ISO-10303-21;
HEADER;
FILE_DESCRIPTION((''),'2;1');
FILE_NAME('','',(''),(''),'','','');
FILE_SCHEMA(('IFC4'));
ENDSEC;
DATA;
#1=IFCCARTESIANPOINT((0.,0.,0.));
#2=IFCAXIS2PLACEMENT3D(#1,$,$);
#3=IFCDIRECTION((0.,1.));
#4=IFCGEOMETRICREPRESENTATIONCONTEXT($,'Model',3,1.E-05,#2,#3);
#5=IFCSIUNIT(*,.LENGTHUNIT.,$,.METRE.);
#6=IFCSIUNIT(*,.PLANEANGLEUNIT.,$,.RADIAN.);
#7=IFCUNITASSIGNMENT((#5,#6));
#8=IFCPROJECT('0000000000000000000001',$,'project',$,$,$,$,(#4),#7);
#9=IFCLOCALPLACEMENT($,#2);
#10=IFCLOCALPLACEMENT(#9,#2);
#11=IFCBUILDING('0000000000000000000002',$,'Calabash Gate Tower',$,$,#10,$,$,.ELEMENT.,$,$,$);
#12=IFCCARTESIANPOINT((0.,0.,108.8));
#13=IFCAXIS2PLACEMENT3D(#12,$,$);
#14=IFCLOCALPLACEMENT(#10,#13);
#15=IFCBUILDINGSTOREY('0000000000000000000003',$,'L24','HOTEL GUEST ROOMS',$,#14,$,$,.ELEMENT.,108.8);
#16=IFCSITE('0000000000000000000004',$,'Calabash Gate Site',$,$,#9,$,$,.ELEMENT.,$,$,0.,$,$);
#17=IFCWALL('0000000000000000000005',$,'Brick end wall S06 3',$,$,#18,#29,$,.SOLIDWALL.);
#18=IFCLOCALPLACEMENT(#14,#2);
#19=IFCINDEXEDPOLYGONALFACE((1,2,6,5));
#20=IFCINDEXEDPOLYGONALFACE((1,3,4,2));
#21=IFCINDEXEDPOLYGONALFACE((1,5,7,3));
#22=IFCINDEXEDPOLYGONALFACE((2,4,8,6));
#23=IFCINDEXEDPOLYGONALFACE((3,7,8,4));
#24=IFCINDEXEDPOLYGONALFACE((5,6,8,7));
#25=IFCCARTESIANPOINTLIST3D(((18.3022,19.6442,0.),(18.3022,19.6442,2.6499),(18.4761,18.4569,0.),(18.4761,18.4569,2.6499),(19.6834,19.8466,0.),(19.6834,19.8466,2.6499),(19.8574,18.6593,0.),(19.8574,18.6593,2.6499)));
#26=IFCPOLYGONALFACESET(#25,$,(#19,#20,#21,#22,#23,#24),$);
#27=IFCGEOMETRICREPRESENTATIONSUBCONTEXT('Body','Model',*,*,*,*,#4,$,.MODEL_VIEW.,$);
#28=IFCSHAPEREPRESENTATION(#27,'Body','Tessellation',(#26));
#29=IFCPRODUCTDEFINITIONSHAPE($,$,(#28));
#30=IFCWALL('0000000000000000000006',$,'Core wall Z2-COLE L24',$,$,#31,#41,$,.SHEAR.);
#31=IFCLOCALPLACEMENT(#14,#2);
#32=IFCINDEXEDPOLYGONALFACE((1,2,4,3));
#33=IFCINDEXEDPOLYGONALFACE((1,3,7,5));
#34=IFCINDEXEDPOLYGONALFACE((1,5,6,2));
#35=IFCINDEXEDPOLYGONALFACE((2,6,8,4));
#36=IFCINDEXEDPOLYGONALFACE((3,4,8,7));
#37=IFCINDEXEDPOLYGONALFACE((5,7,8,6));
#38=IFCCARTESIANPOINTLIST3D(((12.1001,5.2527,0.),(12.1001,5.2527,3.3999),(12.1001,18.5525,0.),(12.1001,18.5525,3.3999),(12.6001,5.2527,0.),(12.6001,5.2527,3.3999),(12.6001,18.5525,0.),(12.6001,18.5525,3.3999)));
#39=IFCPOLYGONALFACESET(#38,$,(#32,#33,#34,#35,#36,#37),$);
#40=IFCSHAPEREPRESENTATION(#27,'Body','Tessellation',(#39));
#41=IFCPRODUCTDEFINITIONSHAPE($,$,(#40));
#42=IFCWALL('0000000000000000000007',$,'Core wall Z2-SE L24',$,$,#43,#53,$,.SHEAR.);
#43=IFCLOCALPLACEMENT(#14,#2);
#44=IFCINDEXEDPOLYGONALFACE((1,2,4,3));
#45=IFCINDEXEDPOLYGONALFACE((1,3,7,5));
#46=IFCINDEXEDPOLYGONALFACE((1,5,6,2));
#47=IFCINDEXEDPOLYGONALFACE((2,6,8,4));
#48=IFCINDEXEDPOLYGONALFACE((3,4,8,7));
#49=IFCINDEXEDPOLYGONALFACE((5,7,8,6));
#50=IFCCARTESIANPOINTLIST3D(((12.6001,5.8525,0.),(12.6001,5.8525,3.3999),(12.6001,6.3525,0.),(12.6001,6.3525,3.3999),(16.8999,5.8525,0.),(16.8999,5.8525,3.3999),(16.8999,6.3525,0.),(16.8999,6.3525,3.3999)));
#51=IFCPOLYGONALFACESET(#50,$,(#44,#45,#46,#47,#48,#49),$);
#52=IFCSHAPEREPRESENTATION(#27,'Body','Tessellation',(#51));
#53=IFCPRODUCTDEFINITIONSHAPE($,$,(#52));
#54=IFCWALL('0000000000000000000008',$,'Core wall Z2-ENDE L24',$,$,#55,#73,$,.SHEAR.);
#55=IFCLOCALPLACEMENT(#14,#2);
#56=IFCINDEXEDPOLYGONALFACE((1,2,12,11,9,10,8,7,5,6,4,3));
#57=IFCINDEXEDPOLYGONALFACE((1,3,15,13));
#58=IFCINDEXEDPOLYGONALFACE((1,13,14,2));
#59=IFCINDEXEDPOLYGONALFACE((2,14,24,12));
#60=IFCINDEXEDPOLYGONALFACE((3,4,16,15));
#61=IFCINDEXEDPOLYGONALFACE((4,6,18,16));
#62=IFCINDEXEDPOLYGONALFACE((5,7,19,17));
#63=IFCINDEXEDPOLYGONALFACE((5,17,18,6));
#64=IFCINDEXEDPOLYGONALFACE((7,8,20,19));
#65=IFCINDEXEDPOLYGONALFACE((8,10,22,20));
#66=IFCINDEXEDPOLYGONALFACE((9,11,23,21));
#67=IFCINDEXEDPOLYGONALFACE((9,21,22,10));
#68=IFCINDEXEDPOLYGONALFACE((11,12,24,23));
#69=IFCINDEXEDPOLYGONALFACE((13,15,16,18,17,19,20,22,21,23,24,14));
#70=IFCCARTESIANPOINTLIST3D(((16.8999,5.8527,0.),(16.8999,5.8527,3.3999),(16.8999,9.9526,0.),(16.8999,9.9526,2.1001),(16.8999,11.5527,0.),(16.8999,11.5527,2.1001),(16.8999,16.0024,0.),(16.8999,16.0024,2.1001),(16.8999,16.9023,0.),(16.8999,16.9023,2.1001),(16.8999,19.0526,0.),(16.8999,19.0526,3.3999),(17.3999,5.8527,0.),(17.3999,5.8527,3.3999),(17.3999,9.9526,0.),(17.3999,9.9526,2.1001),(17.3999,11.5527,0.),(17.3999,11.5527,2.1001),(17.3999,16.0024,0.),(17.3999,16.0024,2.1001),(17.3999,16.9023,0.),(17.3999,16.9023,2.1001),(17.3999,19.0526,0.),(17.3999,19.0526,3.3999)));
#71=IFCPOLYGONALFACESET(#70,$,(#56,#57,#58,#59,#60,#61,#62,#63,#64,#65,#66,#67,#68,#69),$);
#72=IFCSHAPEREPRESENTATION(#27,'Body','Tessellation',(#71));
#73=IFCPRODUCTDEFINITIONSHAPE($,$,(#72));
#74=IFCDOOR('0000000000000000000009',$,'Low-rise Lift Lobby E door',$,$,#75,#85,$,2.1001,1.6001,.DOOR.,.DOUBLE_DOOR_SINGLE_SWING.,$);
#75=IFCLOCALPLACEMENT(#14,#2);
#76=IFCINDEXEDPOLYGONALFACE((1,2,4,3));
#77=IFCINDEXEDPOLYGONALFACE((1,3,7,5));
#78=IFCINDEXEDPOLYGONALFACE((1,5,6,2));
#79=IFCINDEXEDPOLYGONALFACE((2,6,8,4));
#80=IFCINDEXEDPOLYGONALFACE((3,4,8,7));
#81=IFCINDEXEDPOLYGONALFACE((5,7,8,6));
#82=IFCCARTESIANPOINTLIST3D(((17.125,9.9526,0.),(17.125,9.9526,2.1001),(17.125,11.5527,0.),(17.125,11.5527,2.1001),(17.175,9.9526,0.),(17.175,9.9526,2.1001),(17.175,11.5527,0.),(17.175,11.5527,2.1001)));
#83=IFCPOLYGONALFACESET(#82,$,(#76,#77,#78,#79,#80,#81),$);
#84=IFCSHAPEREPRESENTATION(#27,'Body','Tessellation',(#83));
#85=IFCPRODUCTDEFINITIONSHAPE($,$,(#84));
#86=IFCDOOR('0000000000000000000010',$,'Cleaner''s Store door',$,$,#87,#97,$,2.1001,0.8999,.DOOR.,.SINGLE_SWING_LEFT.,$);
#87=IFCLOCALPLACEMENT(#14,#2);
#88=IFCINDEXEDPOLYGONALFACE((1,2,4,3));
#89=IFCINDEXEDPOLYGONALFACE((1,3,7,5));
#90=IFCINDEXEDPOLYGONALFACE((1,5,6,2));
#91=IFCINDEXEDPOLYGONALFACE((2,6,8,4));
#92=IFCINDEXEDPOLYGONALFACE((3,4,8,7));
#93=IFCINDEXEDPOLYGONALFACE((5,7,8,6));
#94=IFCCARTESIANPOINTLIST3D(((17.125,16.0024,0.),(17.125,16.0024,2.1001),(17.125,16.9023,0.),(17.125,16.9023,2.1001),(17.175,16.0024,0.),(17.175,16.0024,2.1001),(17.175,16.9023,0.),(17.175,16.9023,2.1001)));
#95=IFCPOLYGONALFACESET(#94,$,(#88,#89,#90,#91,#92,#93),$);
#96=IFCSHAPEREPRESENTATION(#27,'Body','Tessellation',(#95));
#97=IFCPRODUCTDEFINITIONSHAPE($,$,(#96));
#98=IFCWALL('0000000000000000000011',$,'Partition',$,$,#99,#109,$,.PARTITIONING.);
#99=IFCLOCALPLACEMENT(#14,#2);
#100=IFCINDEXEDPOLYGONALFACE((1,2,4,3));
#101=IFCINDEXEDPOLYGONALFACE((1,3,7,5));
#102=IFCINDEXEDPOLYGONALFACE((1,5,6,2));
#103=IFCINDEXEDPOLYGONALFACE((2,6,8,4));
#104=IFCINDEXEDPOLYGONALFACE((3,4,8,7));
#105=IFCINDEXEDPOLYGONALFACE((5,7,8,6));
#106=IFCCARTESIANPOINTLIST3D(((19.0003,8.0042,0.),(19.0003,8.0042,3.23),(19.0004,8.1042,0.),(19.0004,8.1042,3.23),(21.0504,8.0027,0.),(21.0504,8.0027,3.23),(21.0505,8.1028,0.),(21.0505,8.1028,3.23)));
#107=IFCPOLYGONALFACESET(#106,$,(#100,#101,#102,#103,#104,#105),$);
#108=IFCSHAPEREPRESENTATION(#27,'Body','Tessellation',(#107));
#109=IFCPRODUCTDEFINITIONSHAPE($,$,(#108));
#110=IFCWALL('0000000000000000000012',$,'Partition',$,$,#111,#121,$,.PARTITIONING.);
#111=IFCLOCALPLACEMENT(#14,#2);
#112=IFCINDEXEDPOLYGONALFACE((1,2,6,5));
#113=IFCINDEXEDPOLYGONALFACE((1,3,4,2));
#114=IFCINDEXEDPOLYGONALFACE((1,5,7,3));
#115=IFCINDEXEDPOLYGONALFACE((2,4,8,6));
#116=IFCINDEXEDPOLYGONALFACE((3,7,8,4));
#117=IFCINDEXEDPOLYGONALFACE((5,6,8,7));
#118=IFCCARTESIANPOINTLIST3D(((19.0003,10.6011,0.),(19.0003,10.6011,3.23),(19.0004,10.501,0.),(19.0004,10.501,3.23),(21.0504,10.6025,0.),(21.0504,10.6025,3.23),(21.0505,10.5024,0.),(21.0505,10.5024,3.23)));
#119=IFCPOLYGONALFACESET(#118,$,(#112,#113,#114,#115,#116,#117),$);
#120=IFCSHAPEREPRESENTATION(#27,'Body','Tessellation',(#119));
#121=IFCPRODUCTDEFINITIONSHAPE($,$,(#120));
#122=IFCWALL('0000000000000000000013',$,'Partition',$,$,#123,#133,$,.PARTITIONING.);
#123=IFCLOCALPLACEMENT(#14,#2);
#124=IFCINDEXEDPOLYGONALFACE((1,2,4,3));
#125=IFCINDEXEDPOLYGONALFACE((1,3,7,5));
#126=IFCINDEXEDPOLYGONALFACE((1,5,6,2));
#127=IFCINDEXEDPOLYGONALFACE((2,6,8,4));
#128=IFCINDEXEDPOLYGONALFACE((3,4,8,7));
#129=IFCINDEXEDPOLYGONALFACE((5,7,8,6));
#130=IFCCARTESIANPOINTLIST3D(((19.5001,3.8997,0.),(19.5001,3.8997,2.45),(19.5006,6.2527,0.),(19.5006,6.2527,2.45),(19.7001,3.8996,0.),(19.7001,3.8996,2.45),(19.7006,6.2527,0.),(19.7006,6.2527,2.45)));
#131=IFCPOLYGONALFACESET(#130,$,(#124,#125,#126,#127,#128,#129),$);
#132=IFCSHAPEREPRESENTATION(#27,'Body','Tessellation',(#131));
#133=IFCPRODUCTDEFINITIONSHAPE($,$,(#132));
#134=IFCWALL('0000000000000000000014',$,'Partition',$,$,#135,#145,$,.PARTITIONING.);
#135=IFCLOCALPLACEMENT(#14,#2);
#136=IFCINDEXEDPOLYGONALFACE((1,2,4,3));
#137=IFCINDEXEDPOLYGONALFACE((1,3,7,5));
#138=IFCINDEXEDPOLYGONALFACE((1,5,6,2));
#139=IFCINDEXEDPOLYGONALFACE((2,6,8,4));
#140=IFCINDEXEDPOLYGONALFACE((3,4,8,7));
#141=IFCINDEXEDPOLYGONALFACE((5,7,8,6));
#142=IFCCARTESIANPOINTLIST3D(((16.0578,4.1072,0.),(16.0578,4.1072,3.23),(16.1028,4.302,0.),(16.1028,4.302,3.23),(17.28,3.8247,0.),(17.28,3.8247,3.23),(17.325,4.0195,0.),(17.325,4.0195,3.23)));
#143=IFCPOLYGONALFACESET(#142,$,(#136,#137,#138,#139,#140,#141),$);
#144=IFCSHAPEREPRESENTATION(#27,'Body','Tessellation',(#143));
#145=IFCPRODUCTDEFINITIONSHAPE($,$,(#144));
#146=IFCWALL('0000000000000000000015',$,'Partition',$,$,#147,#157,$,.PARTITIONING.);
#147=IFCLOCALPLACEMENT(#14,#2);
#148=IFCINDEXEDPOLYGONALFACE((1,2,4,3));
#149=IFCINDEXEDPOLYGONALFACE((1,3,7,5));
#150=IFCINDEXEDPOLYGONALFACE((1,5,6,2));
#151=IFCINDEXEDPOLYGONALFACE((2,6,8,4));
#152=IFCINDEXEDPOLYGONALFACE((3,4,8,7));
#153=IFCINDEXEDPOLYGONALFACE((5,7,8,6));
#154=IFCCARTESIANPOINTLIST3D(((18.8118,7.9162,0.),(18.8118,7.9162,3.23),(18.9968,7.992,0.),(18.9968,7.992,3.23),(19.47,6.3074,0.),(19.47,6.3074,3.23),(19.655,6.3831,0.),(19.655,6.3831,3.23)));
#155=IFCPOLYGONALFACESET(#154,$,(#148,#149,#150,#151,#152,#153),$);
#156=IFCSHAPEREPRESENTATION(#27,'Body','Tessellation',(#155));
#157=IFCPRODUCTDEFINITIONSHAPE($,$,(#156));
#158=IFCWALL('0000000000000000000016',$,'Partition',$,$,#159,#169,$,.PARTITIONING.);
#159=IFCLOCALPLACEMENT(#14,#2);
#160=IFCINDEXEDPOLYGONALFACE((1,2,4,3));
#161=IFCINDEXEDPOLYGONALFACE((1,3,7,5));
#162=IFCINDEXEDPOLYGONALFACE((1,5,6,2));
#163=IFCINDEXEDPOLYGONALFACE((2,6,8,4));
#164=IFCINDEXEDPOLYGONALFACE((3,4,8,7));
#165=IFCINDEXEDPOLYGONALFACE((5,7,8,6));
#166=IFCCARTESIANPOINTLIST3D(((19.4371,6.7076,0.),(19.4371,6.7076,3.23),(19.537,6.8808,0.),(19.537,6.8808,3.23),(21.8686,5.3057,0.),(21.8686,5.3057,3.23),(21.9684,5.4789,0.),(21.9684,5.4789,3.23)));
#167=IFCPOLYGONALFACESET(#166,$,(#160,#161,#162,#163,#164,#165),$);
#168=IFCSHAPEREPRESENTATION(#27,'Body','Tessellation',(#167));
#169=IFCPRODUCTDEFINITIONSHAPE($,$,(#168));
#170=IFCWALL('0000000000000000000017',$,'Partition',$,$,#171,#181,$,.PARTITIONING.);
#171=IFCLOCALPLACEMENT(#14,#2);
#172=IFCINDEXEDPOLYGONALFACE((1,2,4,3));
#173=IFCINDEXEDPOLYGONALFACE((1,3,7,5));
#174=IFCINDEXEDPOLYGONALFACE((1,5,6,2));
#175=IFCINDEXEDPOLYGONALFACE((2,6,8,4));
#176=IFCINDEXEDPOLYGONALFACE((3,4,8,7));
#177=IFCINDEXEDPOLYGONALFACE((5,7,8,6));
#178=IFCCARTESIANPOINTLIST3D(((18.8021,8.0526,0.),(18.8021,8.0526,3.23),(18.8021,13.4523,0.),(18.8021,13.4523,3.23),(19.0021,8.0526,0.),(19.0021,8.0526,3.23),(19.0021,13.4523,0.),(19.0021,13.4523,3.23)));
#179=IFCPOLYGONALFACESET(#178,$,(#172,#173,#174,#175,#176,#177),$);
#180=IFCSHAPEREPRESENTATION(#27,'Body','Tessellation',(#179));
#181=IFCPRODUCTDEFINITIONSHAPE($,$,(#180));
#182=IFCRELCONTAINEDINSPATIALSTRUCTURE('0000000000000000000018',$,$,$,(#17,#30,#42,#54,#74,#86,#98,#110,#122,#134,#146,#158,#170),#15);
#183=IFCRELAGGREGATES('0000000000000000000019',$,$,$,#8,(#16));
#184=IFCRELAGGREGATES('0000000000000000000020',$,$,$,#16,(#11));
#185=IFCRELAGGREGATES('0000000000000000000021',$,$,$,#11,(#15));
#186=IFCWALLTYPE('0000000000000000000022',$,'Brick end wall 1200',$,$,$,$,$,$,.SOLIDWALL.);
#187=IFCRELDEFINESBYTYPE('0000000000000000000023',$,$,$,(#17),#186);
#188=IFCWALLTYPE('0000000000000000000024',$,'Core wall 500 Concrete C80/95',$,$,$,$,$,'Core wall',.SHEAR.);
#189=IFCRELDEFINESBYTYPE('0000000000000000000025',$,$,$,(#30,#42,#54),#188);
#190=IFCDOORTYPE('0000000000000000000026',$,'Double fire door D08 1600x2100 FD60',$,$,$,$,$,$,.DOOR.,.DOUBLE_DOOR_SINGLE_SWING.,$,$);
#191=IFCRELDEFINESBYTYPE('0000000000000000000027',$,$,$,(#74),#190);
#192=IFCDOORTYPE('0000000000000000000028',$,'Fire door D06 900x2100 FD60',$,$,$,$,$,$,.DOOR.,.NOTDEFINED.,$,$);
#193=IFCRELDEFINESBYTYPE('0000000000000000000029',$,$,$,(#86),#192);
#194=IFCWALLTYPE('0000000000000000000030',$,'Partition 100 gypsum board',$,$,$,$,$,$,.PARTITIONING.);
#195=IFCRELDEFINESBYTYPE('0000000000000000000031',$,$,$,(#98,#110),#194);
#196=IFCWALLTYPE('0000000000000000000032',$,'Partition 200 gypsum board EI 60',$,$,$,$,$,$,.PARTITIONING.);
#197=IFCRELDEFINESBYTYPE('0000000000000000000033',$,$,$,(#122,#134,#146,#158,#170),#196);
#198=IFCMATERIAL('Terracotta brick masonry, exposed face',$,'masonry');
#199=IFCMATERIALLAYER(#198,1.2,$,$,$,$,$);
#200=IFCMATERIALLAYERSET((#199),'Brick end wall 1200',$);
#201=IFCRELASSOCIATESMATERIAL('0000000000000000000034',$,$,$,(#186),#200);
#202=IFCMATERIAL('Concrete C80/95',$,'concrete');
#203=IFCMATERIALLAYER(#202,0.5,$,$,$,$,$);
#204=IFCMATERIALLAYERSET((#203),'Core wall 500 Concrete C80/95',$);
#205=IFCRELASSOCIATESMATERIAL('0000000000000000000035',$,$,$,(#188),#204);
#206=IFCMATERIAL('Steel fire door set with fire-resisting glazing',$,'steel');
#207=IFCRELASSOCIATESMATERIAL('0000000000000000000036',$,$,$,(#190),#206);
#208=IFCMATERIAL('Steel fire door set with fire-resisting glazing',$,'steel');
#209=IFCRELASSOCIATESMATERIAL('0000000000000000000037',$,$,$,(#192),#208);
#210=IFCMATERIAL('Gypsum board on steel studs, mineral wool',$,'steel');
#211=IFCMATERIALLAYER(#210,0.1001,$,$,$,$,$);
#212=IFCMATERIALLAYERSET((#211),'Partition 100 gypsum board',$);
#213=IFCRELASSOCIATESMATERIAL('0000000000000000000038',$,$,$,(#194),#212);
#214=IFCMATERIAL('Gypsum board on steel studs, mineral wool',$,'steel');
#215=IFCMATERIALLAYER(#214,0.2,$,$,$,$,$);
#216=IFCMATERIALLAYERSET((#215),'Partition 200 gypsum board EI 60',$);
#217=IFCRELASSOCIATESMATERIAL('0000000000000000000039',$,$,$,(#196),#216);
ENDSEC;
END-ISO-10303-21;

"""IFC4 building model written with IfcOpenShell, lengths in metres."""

from ifc_helpers import new_model, si_unit, direction, frame, frame_2d, origin, place, context, subcontext, project, spatial, rectangle, extrude, material, layer, layer_set, type_object, element, fill, save


model = new_model("IFC4")

# Units and contexts
model_context = context("Model", 3, precision=1e-05, world=origin(), true_north=direction((0.0, 1.0)))
body_context = subcontext(model_context, "Body", "Model", "MODEL_VIEW")
ifc_project = project(units=[si_unit("LENGTHUNIT", "METRE"), si_unit("PLANEANGLEUNIT", "RADIAN")], contexts=[model_context])

# Site, building, storey
site_placement = place(None, origin())
site = spatial("IfcSite", under=ifc_project, at=site_placement, Name="Calabash Gate Site", CompositionType="ELEMENT", RefElevation=0.0)
building_placement = place(site_placement, origin())
building = spatial("IfcBuilding", under=site, at=building_placement, Name="Calabash Gate Tower", CompositionType="ELEMENT")
storey_placement = place(building_placement, frame((0.0, 0.0, 108.8)))
storey = spatial("IfcBuildingStorey", under=building, at=storey_placement, Name="L24", Description="HOTEL GUEST ROOMS", CompositionType="ELEMENT", Elevation=108.8)

# Walls
ifc_material_1 = material(Name="Terracotta brick masonry, exposed face", Category="masonry")
ifc_layer_1 = layer(ifc_material_1, 1.2)
ifc_layer_set_1 = layer_set([ifc_layer_1], Name="Brick end wall 1200")
wall_type_1 = type_object("IfcWallType", Name="Brick end wall 1200", PredefinedType="SOLIDWALL", material=ifc_layer_set_1)
wall_1_placement = place(storey_placement, frame((18.3892, 19.0505, 0.0), z_axis=(0.0, 0.0, 1.0), x_axis=(0.989436, 0.14497, 0.0)))
element("IfcWall", 1, at=wall_1_placement, inside=storey, type_object=wall_type_1, Name="Brick end wall S06 3", PredefinedType="SOLIDWALL", context=body_context, shape_type="SweptSolid", body=[
    extrude(rectangle(XDim=1.396, YDim=1.2, at=frame_2d((0.698, 0.0))), origin(), (0.0, 0.0, 1.0), 2.6499),
])
ifc_material_2 = material(Name="Concrete C80/95", Category="concrete")
ifc_layer_2 = layer(ifc_material_2, 0.5)
ifc_layer_set_2 = layer_set([ifc_layer_2], Name="Core wall 500 Concrete C80/95")
wall_type_2 = type_object("IfcWallType", Name="Core wall 500 Concrete C80/95", ElementType="Core wall", PredefinedType="SHEAR", material=ifc_layer_set_2)
wall_2_placement = place(storey_placement, frame((12.3501, 5.2527, 0.0), z_axis=(0.0, 0.0, 1.0), x_axis=(0.0, 1.0, 0.0)))
element("IfcWall", 2, at=wall_2_placement, inside=storey, type_object=wall_type_2, Name="Core wall Z2-COLE L24", PredefinedType="SHEAR", context=body_context, shape_type="SweptSolid", body=[
    extrude(rectangle(XDim=13.2998, YDim=0.5, at=frame_2d((6.6499, 0.0))), origin(), (0.0, 0.0, 1.0), 3.3999),
])
wall_3_placement = place(storey_placement, frame((12.6001, 6.1025, 0.0), z_axis=(0.0, 0.0, 1.0), x_axis=(1.0, 0.0, 0.0)))
element("IfcWall", 3, at=wall_3_placement, inside=storey, type_object=wall_type_2, Name="Core wall Z2-SE L24", PredefinedType="SHEAR", context=body_context, shape_type="SweptSolid", body=[
    extrude(rectangle(XDim=4.2998, YDim=0.5, at=frame_2d((2.1499, 0.0))), origin(), (0.0, 0.0, 1.0), 3.3999),
])

# Wall, openings, doors
wall_4_placement = place(storey_placement, frame((17.1499, 5.8525, 0.0), z_axis=(0.0, 0.0, 1.0), x_axis=(0.0, 1.0, 0.0)))
wall_4 = element("IfcWall", 4, at=wall_4_placement, inside=storey, type_object=wall_type_2, Name="Core wall Z2-ENDE L24", PredefinedType="SHEAR", context=body_context, shape_type="SweptSolid", body=[
    extrude(rectangle(XDim=13.2, YDim=0.5, at=frame_2d((6.6001, 0.0))), origin(), (0.0, 0.0, 1.0), 3.3999),
])
opening_1_placement = place(wall_4_placement, frame((4.1001, 0.0, 0.0)))
opening_1 = element("IfcOpeningElement", 5, at=opening_1_placement, cuts=wall_4, PredefinedType="OPENING", context=body_context, shape_type="SweptSolid", body=[
    extrude(rectangle(XDim=1.6001, YDim=2.1001, at=frame_2d((0.8, 1.05))), frame((0.0, 0.26, 0.0), z_axis=(0.0, -1.0, 0.0), x_axis=(1.0, 0.0, 0.0)), (0.0, 0.0, 1.0), 0.52),
])
opening_2_placement = place(wall_4_placement, frame((10.1499, 0.0, 0.0)))
opening_2 = element("IfcOpeningElement", 6, at=opening_2_placement, cuts=wall_4, PredefinedType="OPENING", context=body_context, shape_type="SweptSolid", body=[
    extrude(rectangle(XDim=0.8999, YDim=2.1001, at=frame_2d((0.45, 1.05))), frame((0.0, 0.26, 0.0), z_axis=(0.0, -1.0, 0.0), x_axis=(1.0, 0.0, 0.0)), (0.0, 0.0, 1.0), 0.52),
])
ifc_material_3 = material(Name="Steel fire door set with fire-resisting glazing", Category="steel")
door_type_1 = type_object("IfcDoorType", Name="Double fire door D08 1600x2100 FD60", OperationType="DOUBLE_DOOR_SINGLE_SWING", PredefinedType="DOOR", material=ifc_material_3)
door_1_placement = place(opening_1_placement, origin())
door_1 = element("IfcDoor", 7, at=door_1_placement, inside=storey, type_object=door_type_1, Name="Low-rise Lift Lobby E door", OperationType="DOUBLE_DOOR_SINGLE_SWING", OverallHeight=2.1001, OverallWidth=1.6001, PredefinedType="DOOR", context=body_context, shape_type="SweptSolid", body=[
    extrude(rectangle(XDim=1.6001, YDim=2.1001, at=frame_2d((0.8, 1.05))), frame((0.0, 0.0249, 0.0), z_axis=(0.0, -1.0, 0.0), x_axis=(1.0, 0.0, 0.0)), (0.0, 0.0, 1.0), 0.05),
])
fill(opening_1, door_1)
ifc_material_4 = material(Name="Steel fire door set with fire-resisting glazing", Category="steel")
door_type_2 = type_object("IfcDoorType", Name="Fire door D06 900x2100 FD60", OperationType="NOTDEFINED", PredefinedType="DOOR", material=ifc_material_4)
door_2_placement = place(opening_2_placement, origin())
door_2 = element("IfcDoor", 8, at=door_2_placement, inside=storey, type_object=door_type_2, Name="Cleaner's Store door", OperationType="SINGLE_SWING_LEFT", OverallHeight=2.1001, OverallWidth=0.8999, PredefinedType="DOOR", context=body_context, shape_type="SweptSolid", body=[
    extrude(rectangle(XDim=0.8999, YDim=2.1001, at=frame_2d((0.45, 1.05))), frame((0.0, 0.0249, 0.0), z_axis=(0.0, -1.0, 0.0), x_axis=(1.0, 0.0, 0.0)), (0.0, 0.0, 1.0), 0.05),
])
fill(opening_2, door_2)

# Walls
ifc_material_5 = material(Name="Gypsum board on steel studs, mineral wool", Category="steel")
ifc_layer_3 = layer(ifc_material_5, 0.1001)
ifc_layer_set_3 = layer_set([ifc_layer_3], Name="Partition 100 gypsum board")
wall_type_3 = type_object("IfcWallType", Name="Partition 100 gypsum board", PredefinedType="PARTITIONING", material=ifc_layer_set_3)
for number, where, z_axis, x_axis, name in (
    (9, (19.0005, 8.0542, 0.0), (0.0, 0.0, 1.0), (1.0, -0.000715, 0.0), "Partition"),
    (10, (19.0005, 10.551, 0.0), (0.0, 0.0, 1.0), (1.0, 0.000715, 0.0), "Partition"),
):
    element("IfcWall", number, at=place(storey_placement, frame(where, z_axis=z_axis, x_axis=x_axis)), inside=storey, type_object=wall_type_3, Name=name, PredefinedType="PARTITIONING", context=body_context, shape_type="SweptSolid", body=[
        extrude(rectangle(XDim=2.05, YDim=0.1001, at=frame_2d((1.0249, 0.0))), origin(), (0.0, 0.0, 1.0), 3.23),
    ])
ifc_material_6 = material(Name="Gypsum board on steel studs, mineral wool", Category="steel")
ifc_layer_4 = layer(ifc_material_6, 0.2)
ifc_layer_set_4 = layer_set([ifc_layer_4], Name="Partition 200 gypsum board EI 60")
wall_type_4 = type_object("IfcWallType", Name="Partition 200 gypsum board EI 60", PredefinedType="PARTITIONING", material=ifc_layer_set_4)
wall_5_placement = place(storey_placement, frame((19.6001, 3.8997, 0.0), z_axis=(0.0, 0.0, 1.0), x_axis=(0.000208, 1.0, 0.0)))
element("IfcWall", 11, at=wall_5_placement, inside=storey, type_object=wall_type_4, Name="Partition", PredefinedType="PARTITIONING", context=body_context, shape_type="SweptSolid", body=[
    extrude(rectangle(XDim=2.353, YDim=0.2, at=frame_2d((1.1765, 0.0))), origin(), (0.0, 0.0, 1.0), 2.45),
])
wall_6_placement = place(storey_placement, frame((16.0803, 4.2046, 0.0), z_axis=(0.0, 0.0, 1.0), x_axis=(0.974316, -0.225186, 0.0)))
element("IfcWall", 12, at=wall_6_placement, inside=storey, type_object=wall_type_4, Name="Partition", PredefinedType="PARTITIONING", context=body_context, shape_type="SweptSolid", body=[
    extrude(rectangle(XDim=1.2544, YDim=0.2, at=frame_2d((0.6272, 0.0))), origin(), (0.0, 0.0, 1.0), 3.23),
])
wall_7_placement = place(storey_placement, frame((18.9043, 7.9541, 0.0), z_axis=(0.0, 0.0, 1.0), x_axis=(0.378644, -0.925542, 0.0)))
element("IfcWall", 13, at=wall_7_placement, inside=storey, type_object=wall_type_4, Name="Partition", PredefinedType="PARTITIONING", context=body_context, shape_type="SweptSolid", body=[
    extrude(rectangle(XDim=1.7383, YDim=0.2, at=frame_2d((0.8691, 0.0))), origin(), (0.0, 0.0, 1.0), 3.23),
])
wall_8_placement = place(storey_placement, frame((19.4871, 6.7942, 0.0), z_axis=(0.0, 0.0, 1.0), x_axis=(0.86632, -0.499489, 0.0)))
element("IfcWall", 14, at=wall_8_placement, inside=storey, type_object=wall_type_4, Name="Partition", PredefinedType="PARTITIONING", context=body_context, shape_type="SweptSolid", body=[
    extrude(rectangle(XDim=2.8066, YDim=0.2, at=frame_2d((1.4033, 0.0))), origin(), (0.0, 0.0, 1.0), 3.23),
])
wall_9_placement = place(storey_placement, frame((18.9021, 8.0527, 0.0), z_axis=(0.0, 0.0, 1.0), x_axis=(0.0, 1.0, 0.0)))
element("IfcWall", 15, at=wall_9_placement, inside=storey, type_object=wall_type_4, Name="Partition", PredefinedType="PARTITIONING", context=body_context, shape_type="SweptSolid", body=[
    extrude(rectangle(XDim=5.3997, YDim=0.2, at=frame_2d((2.6997, 0.0))), origin(), (0.0, 0.0, 1.0), 3.23),
])

save(model, "model.ifc")
